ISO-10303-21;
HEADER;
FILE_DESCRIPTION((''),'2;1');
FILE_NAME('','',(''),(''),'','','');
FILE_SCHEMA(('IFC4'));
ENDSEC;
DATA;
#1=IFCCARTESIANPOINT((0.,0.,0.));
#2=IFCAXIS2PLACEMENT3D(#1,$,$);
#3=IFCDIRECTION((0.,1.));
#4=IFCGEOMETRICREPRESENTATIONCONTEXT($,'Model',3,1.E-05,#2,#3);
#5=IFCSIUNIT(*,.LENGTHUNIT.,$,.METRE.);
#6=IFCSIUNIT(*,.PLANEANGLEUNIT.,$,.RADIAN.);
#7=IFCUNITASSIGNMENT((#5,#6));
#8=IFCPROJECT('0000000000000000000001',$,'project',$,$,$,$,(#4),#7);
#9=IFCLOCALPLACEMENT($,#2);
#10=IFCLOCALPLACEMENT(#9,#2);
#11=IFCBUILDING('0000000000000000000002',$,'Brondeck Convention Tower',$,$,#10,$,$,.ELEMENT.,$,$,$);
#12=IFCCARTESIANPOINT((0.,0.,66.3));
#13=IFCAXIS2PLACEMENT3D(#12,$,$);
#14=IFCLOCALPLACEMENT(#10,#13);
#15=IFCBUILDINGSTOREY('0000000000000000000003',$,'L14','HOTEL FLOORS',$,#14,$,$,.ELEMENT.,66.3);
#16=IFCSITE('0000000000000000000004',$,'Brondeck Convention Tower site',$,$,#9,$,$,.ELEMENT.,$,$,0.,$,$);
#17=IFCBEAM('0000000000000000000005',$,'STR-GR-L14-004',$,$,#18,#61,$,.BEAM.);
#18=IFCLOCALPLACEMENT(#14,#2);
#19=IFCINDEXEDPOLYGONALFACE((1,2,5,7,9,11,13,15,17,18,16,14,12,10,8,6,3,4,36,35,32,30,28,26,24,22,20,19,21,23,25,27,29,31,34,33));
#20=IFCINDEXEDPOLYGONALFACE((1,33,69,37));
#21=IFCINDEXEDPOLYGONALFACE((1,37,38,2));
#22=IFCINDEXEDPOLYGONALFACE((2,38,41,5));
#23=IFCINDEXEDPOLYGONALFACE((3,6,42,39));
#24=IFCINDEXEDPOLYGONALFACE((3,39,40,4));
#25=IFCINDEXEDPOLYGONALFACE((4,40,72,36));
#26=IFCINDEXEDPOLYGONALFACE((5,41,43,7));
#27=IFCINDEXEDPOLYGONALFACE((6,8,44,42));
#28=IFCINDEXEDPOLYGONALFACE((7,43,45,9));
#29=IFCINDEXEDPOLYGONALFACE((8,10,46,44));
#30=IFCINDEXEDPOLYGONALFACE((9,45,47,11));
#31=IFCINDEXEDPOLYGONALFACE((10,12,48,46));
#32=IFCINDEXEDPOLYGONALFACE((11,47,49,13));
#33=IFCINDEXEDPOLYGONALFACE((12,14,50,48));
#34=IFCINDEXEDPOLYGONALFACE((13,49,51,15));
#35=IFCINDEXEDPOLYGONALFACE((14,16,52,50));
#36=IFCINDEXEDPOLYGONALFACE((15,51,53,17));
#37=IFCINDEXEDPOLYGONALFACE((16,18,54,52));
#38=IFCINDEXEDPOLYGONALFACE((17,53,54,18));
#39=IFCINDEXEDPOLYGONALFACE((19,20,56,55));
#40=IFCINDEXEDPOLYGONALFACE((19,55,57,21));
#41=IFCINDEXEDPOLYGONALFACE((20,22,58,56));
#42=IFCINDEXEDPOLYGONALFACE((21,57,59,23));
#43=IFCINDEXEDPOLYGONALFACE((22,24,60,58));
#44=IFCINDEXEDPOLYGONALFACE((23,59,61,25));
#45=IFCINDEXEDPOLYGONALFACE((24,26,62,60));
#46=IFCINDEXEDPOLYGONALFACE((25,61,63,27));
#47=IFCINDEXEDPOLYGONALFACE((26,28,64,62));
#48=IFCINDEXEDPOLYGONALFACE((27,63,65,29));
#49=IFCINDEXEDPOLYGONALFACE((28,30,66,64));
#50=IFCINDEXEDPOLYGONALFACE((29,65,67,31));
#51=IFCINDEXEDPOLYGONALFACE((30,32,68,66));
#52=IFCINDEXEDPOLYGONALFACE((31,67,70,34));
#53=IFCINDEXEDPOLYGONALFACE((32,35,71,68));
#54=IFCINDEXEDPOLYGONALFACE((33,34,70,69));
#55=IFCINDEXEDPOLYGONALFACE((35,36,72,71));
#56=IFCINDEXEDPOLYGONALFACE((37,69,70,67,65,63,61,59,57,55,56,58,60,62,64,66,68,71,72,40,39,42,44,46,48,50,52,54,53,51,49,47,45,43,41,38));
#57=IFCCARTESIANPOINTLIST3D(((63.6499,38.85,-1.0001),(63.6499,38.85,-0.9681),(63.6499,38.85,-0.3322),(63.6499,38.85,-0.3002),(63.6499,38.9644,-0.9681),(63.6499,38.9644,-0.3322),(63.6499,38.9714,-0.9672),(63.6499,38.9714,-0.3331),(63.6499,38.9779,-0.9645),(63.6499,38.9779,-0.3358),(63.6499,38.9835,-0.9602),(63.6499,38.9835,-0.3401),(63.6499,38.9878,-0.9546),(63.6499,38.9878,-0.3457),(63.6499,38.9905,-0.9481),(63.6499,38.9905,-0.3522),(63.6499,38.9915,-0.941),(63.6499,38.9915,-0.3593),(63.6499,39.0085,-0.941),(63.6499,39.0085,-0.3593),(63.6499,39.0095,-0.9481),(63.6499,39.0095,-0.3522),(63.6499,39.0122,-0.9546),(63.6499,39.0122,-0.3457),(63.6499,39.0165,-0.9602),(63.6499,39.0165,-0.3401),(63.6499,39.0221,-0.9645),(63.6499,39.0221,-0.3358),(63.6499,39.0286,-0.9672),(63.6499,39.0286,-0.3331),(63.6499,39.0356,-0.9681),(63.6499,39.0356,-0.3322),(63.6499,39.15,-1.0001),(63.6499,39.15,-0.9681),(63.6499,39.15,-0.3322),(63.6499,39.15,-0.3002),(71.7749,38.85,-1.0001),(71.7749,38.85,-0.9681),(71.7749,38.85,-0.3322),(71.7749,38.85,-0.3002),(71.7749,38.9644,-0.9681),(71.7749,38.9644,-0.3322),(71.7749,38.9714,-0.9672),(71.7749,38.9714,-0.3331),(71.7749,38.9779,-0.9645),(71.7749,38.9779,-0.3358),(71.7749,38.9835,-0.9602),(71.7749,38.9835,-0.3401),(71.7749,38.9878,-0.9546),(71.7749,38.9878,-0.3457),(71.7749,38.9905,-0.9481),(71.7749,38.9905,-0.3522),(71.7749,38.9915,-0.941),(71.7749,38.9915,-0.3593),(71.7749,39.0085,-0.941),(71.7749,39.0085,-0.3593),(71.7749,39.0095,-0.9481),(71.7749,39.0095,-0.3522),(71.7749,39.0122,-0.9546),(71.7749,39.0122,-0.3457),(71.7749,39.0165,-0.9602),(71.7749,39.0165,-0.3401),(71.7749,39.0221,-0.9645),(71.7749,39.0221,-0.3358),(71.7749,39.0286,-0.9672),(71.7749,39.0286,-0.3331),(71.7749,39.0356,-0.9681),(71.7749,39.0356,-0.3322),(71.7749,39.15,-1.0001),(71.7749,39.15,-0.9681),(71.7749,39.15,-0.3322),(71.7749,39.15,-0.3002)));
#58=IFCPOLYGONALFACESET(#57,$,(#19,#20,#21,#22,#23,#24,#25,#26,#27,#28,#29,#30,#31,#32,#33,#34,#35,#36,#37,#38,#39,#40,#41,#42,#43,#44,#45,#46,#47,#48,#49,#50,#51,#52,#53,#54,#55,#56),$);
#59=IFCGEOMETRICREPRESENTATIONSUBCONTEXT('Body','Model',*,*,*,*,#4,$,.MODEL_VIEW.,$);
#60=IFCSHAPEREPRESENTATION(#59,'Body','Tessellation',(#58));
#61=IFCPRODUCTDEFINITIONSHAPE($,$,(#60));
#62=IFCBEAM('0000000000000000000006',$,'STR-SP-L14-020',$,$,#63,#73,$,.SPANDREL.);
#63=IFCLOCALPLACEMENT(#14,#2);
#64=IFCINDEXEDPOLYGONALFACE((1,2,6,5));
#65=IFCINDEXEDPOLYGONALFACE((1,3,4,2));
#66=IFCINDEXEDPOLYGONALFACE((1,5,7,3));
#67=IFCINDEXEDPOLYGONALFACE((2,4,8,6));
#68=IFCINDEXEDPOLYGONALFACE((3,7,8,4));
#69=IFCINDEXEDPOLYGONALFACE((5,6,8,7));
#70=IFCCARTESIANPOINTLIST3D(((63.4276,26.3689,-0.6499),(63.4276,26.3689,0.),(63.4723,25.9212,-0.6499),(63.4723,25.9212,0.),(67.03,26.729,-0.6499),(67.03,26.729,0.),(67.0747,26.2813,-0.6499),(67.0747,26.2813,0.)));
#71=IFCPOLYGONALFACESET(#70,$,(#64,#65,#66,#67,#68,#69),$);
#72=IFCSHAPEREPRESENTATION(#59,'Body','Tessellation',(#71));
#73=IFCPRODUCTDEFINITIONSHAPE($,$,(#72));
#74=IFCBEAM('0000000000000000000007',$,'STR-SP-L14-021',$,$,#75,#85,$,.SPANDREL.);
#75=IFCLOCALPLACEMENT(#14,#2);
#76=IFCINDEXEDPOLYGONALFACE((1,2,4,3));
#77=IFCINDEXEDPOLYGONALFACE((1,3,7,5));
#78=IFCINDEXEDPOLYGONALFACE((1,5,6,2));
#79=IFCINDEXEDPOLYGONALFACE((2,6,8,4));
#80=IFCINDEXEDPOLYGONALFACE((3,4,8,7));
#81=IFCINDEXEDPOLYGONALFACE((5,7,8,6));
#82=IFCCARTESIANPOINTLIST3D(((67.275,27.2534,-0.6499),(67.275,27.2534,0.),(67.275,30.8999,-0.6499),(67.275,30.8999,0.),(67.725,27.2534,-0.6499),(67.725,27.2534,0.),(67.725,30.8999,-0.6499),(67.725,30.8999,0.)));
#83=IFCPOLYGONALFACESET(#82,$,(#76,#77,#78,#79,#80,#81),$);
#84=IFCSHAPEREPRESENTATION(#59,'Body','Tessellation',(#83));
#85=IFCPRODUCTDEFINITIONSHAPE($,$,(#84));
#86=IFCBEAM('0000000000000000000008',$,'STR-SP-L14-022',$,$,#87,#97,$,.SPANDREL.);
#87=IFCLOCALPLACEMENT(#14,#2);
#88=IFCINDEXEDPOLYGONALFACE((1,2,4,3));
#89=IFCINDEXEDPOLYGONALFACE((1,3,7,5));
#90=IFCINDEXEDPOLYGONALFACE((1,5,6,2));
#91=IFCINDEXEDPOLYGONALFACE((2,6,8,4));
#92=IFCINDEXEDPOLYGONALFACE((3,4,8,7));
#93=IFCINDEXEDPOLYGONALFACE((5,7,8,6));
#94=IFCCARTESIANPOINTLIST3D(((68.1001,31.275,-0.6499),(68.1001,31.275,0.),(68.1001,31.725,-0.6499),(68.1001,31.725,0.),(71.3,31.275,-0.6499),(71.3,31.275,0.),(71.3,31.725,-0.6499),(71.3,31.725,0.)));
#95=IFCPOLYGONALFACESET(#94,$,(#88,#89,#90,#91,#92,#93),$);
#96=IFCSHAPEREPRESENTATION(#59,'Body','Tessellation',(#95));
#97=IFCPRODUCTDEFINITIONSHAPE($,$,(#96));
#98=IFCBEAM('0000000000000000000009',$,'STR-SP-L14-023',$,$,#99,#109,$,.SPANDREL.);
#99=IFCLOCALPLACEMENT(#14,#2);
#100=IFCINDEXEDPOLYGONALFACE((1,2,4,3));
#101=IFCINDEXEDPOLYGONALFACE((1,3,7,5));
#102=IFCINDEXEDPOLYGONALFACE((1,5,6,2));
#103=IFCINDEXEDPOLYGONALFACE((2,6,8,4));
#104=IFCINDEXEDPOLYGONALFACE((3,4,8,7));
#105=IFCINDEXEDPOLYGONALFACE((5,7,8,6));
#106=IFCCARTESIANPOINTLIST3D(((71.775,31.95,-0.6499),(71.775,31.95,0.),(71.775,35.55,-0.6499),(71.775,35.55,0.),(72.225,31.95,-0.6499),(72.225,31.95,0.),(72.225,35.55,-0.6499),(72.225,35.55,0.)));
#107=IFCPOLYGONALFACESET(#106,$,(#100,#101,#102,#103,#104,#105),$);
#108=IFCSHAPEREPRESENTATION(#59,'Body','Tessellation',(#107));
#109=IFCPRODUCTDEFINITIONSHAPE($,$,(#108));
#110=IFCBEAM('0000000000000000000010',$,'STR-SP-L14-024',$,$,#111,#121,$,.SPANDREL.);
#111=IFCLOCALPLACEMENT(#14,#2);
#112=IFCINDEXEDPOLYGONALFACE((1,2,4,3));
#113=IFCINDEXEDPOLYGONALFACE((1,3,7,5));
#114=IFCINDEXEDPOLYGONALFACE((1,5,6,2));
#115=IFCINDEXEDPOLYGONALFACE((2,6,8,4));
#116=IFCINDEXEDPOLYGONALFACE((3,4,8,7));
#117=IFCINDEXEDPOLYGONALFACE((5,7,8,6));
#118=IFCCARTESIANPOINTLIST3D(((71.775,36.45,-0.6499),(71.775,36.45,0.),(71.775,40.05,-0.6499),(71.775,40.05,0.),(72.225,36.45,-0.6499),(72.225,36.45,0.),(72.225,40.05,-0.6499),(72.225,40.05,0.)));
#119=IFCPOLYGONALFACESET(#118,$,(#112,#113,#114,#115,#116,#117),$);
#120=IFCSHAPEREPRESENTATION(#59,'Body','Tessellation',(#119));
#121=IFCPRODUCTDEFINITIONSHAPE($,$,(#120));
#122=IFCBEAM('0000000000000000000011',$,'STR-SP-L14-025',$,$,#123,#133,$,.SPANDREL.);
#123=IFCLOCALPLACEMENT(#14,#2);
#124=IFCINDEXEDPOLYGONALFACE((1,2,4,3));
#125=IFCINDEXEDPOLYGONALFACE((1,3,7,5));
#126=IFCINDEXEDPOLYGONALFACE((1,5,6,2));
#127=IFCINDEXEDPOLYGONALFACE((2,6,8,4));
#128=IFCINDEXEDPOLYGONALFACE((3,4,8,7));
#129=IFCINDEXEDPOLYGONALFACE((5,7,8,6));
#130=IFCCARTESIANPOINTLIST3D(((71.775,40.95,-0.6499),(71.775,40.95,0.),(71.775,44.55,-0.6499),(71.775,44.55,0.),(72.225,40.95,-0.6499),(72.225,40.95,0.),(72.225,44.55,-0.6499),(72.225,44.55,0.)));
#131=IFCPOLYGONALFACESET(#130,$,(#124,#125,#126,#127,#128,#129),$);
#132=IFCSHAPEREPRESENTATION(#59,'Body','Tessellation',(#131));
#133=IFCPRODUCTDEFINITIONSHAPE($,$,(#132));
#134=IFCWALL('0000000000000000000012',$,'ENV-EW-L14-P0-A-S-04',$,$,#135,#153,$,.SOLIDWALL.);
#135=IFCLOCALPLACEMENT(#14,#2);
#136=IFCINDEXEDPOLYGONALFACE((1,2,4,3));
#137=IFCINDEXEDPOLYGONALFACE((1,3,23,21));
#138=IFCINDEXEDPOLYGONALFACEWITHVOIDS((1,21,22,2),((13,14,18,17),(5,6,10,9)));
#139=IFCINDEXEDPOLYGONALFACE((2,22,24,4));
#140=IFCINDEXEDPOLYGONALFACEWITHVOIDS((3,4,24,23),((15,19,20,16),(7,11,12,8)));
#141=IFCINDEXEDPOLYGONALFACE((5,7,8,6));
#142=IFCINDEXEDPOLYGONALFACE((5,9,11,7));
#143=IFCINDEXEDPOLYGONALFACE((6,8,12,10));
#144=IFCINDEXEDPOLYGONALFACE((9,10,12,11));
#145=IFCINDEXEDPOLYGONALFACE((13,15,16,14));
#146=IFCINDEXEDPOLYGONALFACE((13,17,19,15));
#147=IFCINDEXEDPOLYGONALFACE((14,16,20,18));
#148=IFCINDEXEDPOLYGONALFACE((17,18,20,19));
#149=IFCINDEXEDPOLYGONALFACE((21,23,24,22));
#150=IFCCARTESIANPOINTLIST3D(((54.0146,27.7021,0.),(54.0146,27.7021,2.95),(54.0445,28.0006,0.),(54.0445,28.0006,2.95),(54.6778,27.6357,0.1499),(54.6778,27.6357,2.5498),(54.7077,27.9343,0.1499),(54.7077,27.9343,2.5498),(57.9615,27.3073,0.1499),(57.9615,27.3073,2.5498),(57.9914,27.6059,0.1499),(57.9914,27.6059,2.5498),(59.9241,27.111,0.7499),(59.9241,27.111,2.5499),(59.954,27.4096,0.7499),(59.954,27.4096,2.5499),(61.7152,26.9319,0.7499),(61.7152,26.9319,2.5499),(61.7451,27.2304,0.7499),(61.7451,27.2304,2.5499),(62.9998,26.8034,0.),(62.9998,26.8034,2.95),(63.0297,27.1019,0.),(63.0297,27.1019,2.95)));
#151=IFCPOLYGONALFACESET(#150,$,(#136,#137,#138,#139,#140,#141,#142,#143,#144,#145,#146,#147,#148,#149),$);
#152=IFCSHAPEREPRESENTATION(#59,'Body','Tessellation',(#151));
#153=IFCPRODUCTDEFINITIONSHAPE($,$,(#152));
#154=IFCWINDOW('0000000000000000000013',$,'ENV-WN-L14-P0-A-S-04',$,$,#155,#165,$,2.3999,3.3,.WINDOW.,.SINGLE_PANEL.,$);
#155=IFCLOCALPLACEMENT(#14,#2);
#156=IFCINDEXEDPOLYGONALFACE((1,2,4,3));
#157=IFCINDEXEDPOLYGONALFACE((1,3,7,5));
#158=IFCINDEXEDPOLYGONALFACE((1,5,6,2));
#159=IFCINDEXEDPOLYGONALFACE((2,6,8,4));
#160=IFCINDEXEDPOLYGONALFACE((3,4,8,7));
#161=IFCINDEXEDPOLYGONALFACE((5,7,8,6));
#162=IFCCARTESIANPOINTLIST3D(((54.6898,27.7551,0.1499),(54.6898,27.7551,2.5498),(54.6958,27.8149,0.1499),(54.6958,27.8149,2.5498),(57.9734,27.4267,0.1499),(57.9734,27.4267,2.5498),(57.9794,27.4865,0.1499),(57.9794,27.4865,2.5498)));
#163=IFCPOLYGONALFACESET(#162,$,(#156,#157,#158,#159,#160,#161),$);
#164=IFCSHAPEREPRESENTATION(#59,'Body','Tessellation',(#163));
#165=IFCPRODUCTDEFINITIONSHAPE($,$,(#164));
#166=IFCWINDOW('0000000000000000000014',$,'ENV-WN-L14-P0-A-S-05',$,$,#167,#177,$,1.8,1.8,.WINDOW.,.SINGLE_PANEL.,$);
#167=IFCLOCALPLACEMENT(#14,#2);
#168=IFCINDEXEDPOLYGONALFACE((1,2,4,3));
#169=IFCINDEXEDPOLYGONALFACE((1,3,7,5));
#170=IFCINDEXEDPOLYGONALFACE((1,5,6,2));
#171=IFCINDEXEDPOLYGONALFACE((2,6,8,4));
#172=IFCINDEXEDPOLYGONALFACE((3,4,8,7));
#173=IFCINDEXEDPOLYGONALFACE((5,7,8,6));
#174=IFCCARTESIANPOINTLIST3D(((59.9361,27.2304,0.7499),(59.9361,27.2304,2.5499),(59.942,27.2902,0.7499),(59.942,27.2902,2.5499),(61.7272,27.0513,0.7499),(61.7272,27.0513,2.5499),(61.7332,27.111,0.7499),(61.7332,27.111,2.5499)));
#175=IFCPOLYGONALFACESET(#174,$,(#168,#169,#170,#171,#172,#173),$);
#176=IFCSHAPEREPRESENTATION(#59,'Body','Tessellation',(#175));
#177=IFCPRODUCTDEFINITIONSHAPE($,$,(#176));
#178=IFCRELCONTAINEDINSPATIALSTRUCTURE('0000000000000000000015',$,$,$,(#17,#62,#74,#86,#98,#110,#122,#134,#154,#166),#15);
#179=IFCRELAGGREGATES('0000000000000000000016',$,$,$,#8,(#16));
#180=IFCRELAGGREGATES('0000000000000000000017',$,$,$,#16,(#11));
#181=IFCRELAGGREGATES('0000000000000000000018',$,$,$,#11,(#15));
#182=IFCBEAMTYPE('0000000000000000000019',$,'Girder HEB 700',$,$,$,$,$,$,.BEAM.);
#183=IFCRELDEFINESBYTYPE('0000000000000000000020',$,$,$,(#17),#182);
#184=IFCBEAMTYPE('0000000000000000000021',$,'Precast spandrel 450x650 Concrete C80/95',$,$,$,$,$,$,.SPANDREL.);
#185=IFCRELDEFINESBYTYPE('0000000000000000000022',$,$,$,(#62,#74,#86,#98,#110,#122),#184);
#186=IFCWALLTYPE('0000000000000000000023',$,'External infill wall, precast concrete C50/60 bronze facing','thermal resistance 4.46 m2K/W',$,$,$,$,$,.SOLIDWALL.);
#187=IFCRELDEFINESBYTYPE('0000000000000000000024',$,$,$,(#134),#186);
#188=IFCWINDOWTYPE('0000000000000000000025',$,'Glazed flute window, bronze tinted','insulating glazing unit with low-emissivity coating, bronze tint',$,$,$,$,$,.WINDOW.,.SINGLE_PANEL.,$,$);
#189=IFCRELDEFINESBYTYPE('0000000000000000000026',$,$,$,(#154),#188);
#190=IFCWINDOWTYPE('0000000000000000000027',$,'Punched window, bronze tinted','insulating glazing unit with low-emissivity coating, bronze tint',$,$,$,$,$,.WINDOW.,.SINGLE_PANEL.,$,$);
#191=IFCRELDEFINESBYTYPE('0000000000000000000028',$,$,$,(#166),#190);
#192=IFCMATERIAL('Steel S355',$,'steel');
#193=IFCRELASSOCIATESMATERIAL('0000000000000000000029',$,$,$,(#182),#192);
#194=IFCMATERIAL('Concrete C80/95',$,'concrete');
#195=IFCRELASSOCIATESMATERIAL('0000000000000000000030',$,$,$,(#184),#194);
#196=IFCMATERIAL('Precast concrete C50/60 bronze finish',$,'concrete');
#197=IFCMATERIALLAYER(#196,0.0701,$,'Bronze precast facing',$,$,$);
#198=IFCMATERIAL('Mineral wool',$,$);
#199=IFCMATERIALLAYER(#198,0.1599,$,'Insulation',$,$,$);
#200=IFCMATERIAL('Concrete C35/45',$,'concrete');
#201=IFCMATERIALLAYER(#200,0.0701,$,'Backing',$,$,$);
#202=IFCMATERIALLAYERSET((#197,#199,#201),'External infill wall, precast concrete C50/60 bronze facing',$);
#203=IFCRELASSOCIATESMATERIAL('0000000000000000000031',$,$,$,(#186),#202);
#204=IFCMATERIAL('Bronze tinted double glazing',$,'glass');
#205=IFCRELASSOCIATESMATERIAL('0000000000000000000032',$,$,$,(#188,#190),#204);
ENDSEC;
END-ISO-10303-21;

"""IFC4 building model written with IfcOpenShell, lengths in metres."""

from ifc_helpers import new_model, si_unit, direction, frame, frame_2d, origin, origin_2d, place, context, subcontext, project, spatial, rectangle, i_section, extrude, material, layer, layer_set, material_profile, profile_set, type_object, element, fill, save


model = new_model("IFC4")

# Units and contexts
model_context = context("Model", 3, precision=1e-05, world=origin(), true_north=direction((0.0, 1.0)))
body_context = subcontext(model_context, "Body", "Model", "MODEL_VIEW")
ifc_project = project(units=[si_unit("LENGTHUNIT", "METRE"), si_unit("PLANEANGLEUNIT", "RADIAN")], contexts=[model_context])

# Site, building, storey
site_placement = place(None, origin())
site = spatial("IfcSite", under=ifc_project, at=site_placement, Name="Brondeck Convention Tower site", CompositionType="ELEMENT", RefElevation=0.0)
building_placement = place(site_placement, origin())
building = spatial("IfcBuilding", under=site, at=building_placement, Name="Brondeck Convention Tower", CompositionType="ELEMENT")
storey_placement = place(building_placement, frame((0.0, 0.0, 66.3)))
storey = spatial("IfcBuildingStorey", under=building, at=storey_placement, Name="L14", Description="HOTEL FLOORS", CompositionType="ELEMENT", Elevation=66.3)

# Shared definitions
ifc_material_1 = material(Name="Concrete C80/95", Category="concrete")

# Beams
ifc_material_2 = material(Name="Steel S355", Category="steel")
ifc_material_profile_1 = material_profile(ifc_material_2, i_section(OverallWidth=0.3, OverallDepth=0.7, WebThickness=0.0171, FlangeThickness=0.032, FilletRadius=0.0271, at=origin_2d()), Name="HEB 700")
ifc_profile_set_1 = profile_set([ifc_material_profile_1], Name="Steel S355")
beam_type_1 = type_object("IfcBeamType", Name="Girder HEB 700", PredefinedType="BEAM", material=ifc_profile_set_1)
beam_1_placement = place(storey_placement, frame((63.6499, 39.0, -0.6501), z_axis=(1.0, 0.0, 0.0), x_axis=(0.0, 1.0, 0.0)))
element("IfcBeam", 1, at=beam_1_placement, inside=storey, type_object=beam_type_1, Name="STR-GR-L14-004", PredefinedType="BEAM", context=body_context, shape_type="SweptSolid", body=[
    extrude(i_section(OverallWidth=0.3, OverallDepth=0.7, WebThickness=0.0171, FlangeThickness=0.032, FilletRadius=0.0271, at=origin_2d()), origin(), (0.0, 0.0, 1.0), 8.125),
])
ifc_material_profile_2 = material_profile(ifc_material_1, rectangle(XDim=0.45, YDim=0.6499, at=origin_2d()), Name="Precast spandrel 450x650 Concrete C80/95")
ifc_profile_set_2 = profile_set([ifc_material_profile_2], Name="Concrete C80/95")
beam_type_2 = type_object("IfcBeamType", Name="Precast spandrel 450x650 Concrete C80/95", PredefinedType="SPANDREL", material=ifc_profile_set_2)
beam_2_placement = place(storey_placement, frame((63.45, 26.145, -0.325), z_axis=(0.995041, 0.09947, 0.0), x_axis=(-0.09947, 0.995041, 0.0)))
element("IfcBeam", 2, at=beam_2_placement, inside=storey, type_object=beam_type_2, Name="STR-SP-L14-020", PredefinedType="SPANDREL", context=body_context, shape_type="SweptSolid", body=[
    extrude(rectangle(XDim=0.45, YDim=0.6499, at=origin_2d()), origin(), (0.0, 0.0, 1.0), 3.6204),
])
beam_3_placement = place(storey_placement, frame((67.5, 27.2534, -0.325), z_axis=(0.0, 1.0, 0.0), x_axis=(-1.0, 0.0, 0.0)))
element("IfcBeam", 3, at=beam_3_placement, inside=storey, type_object=beam_type_2, Name="STR-SP-L14-021", PredefinedType="SPANDREL", context=body_context, shape_type="SweptSolid", body=[
    extrude(rectangle(XDim=0.45, YDim=0.6499, at=origin_2d()), origin(), (0.0, 0.0, 1.0), 3.6465),
])
beam_4_placement = place(storey_placement, frame((68.1001, 31.5, -0.325), z_axis=(1.0, 0.0, 0.0), x_axis=(0.0, 1.0, 0.0)))
element("IfcBeam", 4, at=beam_4_placement, inside=storey, type_object=beam_type_2, Name="STR-SP-L14-022", PredefinedType="SPANDREL", context=body_context, shape_type="SweptSolid", body=[
    extrude(rectangle(XDim=0.45, YDim=0.6499, at=origin_2d()), origin(), (0.0, 0.0, 1.0), 3.2),
])
for number, where, z_axis, x_axis, name in (
    (5, (72.0, 31.95, -0.325), (0.0, 1.0, 0.0), (-1.0, 0.0, 0.0), "STR-SP-L14-023"),
    (6, (72.0, 36.45, -0.325), (0.0, 1.0, 0.0), (-1.0, 0.0, 0.0), "STR-SP-L14-024"),
    (7, (72.0, 40.95, -0.325), (0.0, 1.0, 0.0), (-1.0, 0.0, 0.0), "STR-SP-L14-025"),
):
    element("IfcBeam", number, at=place(storey_placement, frame(where, z_axis=z_axis, x_axis=x_axis)), inside=storey, type_object=beam_type_2, Name=name, PredefinedType="SPANDREL", context=body_context, shape_type="SweptSolid", body=[
        extrude(rectangle(XDim=0.45, YDim=0.6499, at=origin_2d()), origin(), (0.0, 0.0, 1.0), 3.6001),
    ])

# Wall, openings, windows
ifc_material_3 = material(Name="Precast concrete C50/60 bronze finish", Category="concrete")
ifc_layer_1 = layer(ifc_material_3, 0.0701, Name="Bronze precast facing")
ifc_material_4 = material(Name="Mineral wool")
ifc_layer_2 = layer(ifc_material_4, 0.1599, Name="Insulation")
ifc_material_5 = material(Name="Concrete C35/45", Category="concrete")
ifc_layer_3 = layer(ifc_material_5, 0.0701, Name="Backing")
ifc_layer_set_1 = layer_set([ifc_layer_1, ifc_layer_2, ifc_layer_3], Name="External infill wall, precast concrete C50/60 bronze facing")
wall_type_1 = type_object("IfcWallType", Name="External infill wall, precast concrete C50/60 bronze facing", Description="thermal resistance 4.46 m2K/W", PredefinedType="SOLIDWALL", material=ifc_layer_set_1)
wall_1_placement = place(storey_placement, frame((63.0149, 26.9526, 0.0), z_axis=(0.0, 0.0, 1.0), x_axis=(-0.995035, 0.099522, 0.0)))
wall_1 = element("IfcWall", 8, at=wall_1_placement, inside=storey, type_object=wall_type_1, Name="ENV-EW-L14-P0-A-S-04", PredefinedType="SOLIDWALL", context=body_context, shape_type="SweptSolid", body=[
    extrude(rectangle(XDim=9.03, YDim=0.3, at=frame_2d((4.5151, 0.0))), origin(), (0.0, 0.0, 1.0), 2.95),
])
opening_1_placement = place(wall_1_placement, frame((1.2913, 0.0, 0.75)))
opening_1 = element("IfcOpeningElement", 9, at=opening_1_placement, cuts=wall_1, PredefinedType="OPENING", context=body_context, shape_type="SweptSolid", body=[
    extrude(rectangle(XDim=1.8, YDim=1.8, at=frame_2d((0.8999, 0.8999))), frame((0.0, 0.1599, 0.0), z_axis=(0.0, -1.0, 0.0), x_axis=(1.0, 0.0, 0.0)), (0.0, 0.0, 1.0), 0.3201),
])
opening_2_placement = place(wall_1_placement, frame((5.0637, 0.0, 0.1499)))
opening_2 = element("IfcOpeningElement", 10, at=opening_2_placement, cuts=wall_1, PredefinedType="OPENING", context=body_context, shape_type="SweptSolid", body=[
    extrude(rectangle(XDim=3.3, YDim=2.3999, at=frame_2d((1.6499, 1.2))), frame((0.0, 0.1599, 0.0), z_axis=(0.0, -1.0, 0.0), x_axis=(1.0, 0.0, 0.0)), (0.0, 0.0, 1.0), 0.3201),
])
ifc_material_6 = material(Name="Bronze tinted double glazing", Category="glass")
window_type_1 = type_object("IfcWindowType", Name="Glazed flute window, bronze tinted", Description="insulating glazing unit with low-emissivity coating, bronze tint", PartitioningType="SINGLE_PANEL", PredefinedType="WINDOW", material=ifc_material_6)
window_1_placement = place(opening_2_placement, origin())
window_1 = element("IfcWindow", 11, at=window_1_placement, inside=storey, type_object=window_type_1, Name="ENV-WN-L14-P0-A-S-04", OverallHeight=2.3999, OverallWidth=3.3, PartitioningType="SINGLE_PANEL", PredefinedType="WINDOW", context=body_context, shape_type="SweptSolid", body=[
    extrude(rectangle(XDim=3.3, YDim=2.3999, at=frame_2d((1.6499, 1.2))), frame((0.0, 0.03, 0.0), z_axis=(0.0, -1.0, 0.0), x_axis=(1.0, 0.0, 0.0)), (0.0, 0.0, 1.0), 0.0601),
])
fill(opening_2, window_1)
window_type_2 = type_object("IfcWindowType", Name="Punched window, bronze tinted", Description="insulating glazing unit with low-emissivity coating, bronze tint", PartitioningType="SINGLE_PANEL", PredefinedType="WINDOW", material=ifc_material_6)
window_2_placement = place(opening_1_placement, origin())
window_2 = element("IfcWindow", 12, at=window_2_placement, inside=storey, type_object=window_type_2, Name="ENV-WN-L14-P0-A-S-05", OverallHeight=1.8, OverallWidth=1.8, PartitioningType="SINGLE_PANEL", PredefinedType="WINDOW", context=body_context, shape_type="SweptSolid", body=[
    extrude(rectangle(XDim=1.8, YDim=1.8, at=frame_2d((0.8999, 0.8999))), frame((0.0, 0.03, 0.0), z_axis=(0.0, -1.0, 0.0), x_axis=(1.0, 0.0, 0.0)), (0.0, 0.0, 1.0), 0.0601),
])
fill(opening_1, window_2)

save(model, "model.ifc")
